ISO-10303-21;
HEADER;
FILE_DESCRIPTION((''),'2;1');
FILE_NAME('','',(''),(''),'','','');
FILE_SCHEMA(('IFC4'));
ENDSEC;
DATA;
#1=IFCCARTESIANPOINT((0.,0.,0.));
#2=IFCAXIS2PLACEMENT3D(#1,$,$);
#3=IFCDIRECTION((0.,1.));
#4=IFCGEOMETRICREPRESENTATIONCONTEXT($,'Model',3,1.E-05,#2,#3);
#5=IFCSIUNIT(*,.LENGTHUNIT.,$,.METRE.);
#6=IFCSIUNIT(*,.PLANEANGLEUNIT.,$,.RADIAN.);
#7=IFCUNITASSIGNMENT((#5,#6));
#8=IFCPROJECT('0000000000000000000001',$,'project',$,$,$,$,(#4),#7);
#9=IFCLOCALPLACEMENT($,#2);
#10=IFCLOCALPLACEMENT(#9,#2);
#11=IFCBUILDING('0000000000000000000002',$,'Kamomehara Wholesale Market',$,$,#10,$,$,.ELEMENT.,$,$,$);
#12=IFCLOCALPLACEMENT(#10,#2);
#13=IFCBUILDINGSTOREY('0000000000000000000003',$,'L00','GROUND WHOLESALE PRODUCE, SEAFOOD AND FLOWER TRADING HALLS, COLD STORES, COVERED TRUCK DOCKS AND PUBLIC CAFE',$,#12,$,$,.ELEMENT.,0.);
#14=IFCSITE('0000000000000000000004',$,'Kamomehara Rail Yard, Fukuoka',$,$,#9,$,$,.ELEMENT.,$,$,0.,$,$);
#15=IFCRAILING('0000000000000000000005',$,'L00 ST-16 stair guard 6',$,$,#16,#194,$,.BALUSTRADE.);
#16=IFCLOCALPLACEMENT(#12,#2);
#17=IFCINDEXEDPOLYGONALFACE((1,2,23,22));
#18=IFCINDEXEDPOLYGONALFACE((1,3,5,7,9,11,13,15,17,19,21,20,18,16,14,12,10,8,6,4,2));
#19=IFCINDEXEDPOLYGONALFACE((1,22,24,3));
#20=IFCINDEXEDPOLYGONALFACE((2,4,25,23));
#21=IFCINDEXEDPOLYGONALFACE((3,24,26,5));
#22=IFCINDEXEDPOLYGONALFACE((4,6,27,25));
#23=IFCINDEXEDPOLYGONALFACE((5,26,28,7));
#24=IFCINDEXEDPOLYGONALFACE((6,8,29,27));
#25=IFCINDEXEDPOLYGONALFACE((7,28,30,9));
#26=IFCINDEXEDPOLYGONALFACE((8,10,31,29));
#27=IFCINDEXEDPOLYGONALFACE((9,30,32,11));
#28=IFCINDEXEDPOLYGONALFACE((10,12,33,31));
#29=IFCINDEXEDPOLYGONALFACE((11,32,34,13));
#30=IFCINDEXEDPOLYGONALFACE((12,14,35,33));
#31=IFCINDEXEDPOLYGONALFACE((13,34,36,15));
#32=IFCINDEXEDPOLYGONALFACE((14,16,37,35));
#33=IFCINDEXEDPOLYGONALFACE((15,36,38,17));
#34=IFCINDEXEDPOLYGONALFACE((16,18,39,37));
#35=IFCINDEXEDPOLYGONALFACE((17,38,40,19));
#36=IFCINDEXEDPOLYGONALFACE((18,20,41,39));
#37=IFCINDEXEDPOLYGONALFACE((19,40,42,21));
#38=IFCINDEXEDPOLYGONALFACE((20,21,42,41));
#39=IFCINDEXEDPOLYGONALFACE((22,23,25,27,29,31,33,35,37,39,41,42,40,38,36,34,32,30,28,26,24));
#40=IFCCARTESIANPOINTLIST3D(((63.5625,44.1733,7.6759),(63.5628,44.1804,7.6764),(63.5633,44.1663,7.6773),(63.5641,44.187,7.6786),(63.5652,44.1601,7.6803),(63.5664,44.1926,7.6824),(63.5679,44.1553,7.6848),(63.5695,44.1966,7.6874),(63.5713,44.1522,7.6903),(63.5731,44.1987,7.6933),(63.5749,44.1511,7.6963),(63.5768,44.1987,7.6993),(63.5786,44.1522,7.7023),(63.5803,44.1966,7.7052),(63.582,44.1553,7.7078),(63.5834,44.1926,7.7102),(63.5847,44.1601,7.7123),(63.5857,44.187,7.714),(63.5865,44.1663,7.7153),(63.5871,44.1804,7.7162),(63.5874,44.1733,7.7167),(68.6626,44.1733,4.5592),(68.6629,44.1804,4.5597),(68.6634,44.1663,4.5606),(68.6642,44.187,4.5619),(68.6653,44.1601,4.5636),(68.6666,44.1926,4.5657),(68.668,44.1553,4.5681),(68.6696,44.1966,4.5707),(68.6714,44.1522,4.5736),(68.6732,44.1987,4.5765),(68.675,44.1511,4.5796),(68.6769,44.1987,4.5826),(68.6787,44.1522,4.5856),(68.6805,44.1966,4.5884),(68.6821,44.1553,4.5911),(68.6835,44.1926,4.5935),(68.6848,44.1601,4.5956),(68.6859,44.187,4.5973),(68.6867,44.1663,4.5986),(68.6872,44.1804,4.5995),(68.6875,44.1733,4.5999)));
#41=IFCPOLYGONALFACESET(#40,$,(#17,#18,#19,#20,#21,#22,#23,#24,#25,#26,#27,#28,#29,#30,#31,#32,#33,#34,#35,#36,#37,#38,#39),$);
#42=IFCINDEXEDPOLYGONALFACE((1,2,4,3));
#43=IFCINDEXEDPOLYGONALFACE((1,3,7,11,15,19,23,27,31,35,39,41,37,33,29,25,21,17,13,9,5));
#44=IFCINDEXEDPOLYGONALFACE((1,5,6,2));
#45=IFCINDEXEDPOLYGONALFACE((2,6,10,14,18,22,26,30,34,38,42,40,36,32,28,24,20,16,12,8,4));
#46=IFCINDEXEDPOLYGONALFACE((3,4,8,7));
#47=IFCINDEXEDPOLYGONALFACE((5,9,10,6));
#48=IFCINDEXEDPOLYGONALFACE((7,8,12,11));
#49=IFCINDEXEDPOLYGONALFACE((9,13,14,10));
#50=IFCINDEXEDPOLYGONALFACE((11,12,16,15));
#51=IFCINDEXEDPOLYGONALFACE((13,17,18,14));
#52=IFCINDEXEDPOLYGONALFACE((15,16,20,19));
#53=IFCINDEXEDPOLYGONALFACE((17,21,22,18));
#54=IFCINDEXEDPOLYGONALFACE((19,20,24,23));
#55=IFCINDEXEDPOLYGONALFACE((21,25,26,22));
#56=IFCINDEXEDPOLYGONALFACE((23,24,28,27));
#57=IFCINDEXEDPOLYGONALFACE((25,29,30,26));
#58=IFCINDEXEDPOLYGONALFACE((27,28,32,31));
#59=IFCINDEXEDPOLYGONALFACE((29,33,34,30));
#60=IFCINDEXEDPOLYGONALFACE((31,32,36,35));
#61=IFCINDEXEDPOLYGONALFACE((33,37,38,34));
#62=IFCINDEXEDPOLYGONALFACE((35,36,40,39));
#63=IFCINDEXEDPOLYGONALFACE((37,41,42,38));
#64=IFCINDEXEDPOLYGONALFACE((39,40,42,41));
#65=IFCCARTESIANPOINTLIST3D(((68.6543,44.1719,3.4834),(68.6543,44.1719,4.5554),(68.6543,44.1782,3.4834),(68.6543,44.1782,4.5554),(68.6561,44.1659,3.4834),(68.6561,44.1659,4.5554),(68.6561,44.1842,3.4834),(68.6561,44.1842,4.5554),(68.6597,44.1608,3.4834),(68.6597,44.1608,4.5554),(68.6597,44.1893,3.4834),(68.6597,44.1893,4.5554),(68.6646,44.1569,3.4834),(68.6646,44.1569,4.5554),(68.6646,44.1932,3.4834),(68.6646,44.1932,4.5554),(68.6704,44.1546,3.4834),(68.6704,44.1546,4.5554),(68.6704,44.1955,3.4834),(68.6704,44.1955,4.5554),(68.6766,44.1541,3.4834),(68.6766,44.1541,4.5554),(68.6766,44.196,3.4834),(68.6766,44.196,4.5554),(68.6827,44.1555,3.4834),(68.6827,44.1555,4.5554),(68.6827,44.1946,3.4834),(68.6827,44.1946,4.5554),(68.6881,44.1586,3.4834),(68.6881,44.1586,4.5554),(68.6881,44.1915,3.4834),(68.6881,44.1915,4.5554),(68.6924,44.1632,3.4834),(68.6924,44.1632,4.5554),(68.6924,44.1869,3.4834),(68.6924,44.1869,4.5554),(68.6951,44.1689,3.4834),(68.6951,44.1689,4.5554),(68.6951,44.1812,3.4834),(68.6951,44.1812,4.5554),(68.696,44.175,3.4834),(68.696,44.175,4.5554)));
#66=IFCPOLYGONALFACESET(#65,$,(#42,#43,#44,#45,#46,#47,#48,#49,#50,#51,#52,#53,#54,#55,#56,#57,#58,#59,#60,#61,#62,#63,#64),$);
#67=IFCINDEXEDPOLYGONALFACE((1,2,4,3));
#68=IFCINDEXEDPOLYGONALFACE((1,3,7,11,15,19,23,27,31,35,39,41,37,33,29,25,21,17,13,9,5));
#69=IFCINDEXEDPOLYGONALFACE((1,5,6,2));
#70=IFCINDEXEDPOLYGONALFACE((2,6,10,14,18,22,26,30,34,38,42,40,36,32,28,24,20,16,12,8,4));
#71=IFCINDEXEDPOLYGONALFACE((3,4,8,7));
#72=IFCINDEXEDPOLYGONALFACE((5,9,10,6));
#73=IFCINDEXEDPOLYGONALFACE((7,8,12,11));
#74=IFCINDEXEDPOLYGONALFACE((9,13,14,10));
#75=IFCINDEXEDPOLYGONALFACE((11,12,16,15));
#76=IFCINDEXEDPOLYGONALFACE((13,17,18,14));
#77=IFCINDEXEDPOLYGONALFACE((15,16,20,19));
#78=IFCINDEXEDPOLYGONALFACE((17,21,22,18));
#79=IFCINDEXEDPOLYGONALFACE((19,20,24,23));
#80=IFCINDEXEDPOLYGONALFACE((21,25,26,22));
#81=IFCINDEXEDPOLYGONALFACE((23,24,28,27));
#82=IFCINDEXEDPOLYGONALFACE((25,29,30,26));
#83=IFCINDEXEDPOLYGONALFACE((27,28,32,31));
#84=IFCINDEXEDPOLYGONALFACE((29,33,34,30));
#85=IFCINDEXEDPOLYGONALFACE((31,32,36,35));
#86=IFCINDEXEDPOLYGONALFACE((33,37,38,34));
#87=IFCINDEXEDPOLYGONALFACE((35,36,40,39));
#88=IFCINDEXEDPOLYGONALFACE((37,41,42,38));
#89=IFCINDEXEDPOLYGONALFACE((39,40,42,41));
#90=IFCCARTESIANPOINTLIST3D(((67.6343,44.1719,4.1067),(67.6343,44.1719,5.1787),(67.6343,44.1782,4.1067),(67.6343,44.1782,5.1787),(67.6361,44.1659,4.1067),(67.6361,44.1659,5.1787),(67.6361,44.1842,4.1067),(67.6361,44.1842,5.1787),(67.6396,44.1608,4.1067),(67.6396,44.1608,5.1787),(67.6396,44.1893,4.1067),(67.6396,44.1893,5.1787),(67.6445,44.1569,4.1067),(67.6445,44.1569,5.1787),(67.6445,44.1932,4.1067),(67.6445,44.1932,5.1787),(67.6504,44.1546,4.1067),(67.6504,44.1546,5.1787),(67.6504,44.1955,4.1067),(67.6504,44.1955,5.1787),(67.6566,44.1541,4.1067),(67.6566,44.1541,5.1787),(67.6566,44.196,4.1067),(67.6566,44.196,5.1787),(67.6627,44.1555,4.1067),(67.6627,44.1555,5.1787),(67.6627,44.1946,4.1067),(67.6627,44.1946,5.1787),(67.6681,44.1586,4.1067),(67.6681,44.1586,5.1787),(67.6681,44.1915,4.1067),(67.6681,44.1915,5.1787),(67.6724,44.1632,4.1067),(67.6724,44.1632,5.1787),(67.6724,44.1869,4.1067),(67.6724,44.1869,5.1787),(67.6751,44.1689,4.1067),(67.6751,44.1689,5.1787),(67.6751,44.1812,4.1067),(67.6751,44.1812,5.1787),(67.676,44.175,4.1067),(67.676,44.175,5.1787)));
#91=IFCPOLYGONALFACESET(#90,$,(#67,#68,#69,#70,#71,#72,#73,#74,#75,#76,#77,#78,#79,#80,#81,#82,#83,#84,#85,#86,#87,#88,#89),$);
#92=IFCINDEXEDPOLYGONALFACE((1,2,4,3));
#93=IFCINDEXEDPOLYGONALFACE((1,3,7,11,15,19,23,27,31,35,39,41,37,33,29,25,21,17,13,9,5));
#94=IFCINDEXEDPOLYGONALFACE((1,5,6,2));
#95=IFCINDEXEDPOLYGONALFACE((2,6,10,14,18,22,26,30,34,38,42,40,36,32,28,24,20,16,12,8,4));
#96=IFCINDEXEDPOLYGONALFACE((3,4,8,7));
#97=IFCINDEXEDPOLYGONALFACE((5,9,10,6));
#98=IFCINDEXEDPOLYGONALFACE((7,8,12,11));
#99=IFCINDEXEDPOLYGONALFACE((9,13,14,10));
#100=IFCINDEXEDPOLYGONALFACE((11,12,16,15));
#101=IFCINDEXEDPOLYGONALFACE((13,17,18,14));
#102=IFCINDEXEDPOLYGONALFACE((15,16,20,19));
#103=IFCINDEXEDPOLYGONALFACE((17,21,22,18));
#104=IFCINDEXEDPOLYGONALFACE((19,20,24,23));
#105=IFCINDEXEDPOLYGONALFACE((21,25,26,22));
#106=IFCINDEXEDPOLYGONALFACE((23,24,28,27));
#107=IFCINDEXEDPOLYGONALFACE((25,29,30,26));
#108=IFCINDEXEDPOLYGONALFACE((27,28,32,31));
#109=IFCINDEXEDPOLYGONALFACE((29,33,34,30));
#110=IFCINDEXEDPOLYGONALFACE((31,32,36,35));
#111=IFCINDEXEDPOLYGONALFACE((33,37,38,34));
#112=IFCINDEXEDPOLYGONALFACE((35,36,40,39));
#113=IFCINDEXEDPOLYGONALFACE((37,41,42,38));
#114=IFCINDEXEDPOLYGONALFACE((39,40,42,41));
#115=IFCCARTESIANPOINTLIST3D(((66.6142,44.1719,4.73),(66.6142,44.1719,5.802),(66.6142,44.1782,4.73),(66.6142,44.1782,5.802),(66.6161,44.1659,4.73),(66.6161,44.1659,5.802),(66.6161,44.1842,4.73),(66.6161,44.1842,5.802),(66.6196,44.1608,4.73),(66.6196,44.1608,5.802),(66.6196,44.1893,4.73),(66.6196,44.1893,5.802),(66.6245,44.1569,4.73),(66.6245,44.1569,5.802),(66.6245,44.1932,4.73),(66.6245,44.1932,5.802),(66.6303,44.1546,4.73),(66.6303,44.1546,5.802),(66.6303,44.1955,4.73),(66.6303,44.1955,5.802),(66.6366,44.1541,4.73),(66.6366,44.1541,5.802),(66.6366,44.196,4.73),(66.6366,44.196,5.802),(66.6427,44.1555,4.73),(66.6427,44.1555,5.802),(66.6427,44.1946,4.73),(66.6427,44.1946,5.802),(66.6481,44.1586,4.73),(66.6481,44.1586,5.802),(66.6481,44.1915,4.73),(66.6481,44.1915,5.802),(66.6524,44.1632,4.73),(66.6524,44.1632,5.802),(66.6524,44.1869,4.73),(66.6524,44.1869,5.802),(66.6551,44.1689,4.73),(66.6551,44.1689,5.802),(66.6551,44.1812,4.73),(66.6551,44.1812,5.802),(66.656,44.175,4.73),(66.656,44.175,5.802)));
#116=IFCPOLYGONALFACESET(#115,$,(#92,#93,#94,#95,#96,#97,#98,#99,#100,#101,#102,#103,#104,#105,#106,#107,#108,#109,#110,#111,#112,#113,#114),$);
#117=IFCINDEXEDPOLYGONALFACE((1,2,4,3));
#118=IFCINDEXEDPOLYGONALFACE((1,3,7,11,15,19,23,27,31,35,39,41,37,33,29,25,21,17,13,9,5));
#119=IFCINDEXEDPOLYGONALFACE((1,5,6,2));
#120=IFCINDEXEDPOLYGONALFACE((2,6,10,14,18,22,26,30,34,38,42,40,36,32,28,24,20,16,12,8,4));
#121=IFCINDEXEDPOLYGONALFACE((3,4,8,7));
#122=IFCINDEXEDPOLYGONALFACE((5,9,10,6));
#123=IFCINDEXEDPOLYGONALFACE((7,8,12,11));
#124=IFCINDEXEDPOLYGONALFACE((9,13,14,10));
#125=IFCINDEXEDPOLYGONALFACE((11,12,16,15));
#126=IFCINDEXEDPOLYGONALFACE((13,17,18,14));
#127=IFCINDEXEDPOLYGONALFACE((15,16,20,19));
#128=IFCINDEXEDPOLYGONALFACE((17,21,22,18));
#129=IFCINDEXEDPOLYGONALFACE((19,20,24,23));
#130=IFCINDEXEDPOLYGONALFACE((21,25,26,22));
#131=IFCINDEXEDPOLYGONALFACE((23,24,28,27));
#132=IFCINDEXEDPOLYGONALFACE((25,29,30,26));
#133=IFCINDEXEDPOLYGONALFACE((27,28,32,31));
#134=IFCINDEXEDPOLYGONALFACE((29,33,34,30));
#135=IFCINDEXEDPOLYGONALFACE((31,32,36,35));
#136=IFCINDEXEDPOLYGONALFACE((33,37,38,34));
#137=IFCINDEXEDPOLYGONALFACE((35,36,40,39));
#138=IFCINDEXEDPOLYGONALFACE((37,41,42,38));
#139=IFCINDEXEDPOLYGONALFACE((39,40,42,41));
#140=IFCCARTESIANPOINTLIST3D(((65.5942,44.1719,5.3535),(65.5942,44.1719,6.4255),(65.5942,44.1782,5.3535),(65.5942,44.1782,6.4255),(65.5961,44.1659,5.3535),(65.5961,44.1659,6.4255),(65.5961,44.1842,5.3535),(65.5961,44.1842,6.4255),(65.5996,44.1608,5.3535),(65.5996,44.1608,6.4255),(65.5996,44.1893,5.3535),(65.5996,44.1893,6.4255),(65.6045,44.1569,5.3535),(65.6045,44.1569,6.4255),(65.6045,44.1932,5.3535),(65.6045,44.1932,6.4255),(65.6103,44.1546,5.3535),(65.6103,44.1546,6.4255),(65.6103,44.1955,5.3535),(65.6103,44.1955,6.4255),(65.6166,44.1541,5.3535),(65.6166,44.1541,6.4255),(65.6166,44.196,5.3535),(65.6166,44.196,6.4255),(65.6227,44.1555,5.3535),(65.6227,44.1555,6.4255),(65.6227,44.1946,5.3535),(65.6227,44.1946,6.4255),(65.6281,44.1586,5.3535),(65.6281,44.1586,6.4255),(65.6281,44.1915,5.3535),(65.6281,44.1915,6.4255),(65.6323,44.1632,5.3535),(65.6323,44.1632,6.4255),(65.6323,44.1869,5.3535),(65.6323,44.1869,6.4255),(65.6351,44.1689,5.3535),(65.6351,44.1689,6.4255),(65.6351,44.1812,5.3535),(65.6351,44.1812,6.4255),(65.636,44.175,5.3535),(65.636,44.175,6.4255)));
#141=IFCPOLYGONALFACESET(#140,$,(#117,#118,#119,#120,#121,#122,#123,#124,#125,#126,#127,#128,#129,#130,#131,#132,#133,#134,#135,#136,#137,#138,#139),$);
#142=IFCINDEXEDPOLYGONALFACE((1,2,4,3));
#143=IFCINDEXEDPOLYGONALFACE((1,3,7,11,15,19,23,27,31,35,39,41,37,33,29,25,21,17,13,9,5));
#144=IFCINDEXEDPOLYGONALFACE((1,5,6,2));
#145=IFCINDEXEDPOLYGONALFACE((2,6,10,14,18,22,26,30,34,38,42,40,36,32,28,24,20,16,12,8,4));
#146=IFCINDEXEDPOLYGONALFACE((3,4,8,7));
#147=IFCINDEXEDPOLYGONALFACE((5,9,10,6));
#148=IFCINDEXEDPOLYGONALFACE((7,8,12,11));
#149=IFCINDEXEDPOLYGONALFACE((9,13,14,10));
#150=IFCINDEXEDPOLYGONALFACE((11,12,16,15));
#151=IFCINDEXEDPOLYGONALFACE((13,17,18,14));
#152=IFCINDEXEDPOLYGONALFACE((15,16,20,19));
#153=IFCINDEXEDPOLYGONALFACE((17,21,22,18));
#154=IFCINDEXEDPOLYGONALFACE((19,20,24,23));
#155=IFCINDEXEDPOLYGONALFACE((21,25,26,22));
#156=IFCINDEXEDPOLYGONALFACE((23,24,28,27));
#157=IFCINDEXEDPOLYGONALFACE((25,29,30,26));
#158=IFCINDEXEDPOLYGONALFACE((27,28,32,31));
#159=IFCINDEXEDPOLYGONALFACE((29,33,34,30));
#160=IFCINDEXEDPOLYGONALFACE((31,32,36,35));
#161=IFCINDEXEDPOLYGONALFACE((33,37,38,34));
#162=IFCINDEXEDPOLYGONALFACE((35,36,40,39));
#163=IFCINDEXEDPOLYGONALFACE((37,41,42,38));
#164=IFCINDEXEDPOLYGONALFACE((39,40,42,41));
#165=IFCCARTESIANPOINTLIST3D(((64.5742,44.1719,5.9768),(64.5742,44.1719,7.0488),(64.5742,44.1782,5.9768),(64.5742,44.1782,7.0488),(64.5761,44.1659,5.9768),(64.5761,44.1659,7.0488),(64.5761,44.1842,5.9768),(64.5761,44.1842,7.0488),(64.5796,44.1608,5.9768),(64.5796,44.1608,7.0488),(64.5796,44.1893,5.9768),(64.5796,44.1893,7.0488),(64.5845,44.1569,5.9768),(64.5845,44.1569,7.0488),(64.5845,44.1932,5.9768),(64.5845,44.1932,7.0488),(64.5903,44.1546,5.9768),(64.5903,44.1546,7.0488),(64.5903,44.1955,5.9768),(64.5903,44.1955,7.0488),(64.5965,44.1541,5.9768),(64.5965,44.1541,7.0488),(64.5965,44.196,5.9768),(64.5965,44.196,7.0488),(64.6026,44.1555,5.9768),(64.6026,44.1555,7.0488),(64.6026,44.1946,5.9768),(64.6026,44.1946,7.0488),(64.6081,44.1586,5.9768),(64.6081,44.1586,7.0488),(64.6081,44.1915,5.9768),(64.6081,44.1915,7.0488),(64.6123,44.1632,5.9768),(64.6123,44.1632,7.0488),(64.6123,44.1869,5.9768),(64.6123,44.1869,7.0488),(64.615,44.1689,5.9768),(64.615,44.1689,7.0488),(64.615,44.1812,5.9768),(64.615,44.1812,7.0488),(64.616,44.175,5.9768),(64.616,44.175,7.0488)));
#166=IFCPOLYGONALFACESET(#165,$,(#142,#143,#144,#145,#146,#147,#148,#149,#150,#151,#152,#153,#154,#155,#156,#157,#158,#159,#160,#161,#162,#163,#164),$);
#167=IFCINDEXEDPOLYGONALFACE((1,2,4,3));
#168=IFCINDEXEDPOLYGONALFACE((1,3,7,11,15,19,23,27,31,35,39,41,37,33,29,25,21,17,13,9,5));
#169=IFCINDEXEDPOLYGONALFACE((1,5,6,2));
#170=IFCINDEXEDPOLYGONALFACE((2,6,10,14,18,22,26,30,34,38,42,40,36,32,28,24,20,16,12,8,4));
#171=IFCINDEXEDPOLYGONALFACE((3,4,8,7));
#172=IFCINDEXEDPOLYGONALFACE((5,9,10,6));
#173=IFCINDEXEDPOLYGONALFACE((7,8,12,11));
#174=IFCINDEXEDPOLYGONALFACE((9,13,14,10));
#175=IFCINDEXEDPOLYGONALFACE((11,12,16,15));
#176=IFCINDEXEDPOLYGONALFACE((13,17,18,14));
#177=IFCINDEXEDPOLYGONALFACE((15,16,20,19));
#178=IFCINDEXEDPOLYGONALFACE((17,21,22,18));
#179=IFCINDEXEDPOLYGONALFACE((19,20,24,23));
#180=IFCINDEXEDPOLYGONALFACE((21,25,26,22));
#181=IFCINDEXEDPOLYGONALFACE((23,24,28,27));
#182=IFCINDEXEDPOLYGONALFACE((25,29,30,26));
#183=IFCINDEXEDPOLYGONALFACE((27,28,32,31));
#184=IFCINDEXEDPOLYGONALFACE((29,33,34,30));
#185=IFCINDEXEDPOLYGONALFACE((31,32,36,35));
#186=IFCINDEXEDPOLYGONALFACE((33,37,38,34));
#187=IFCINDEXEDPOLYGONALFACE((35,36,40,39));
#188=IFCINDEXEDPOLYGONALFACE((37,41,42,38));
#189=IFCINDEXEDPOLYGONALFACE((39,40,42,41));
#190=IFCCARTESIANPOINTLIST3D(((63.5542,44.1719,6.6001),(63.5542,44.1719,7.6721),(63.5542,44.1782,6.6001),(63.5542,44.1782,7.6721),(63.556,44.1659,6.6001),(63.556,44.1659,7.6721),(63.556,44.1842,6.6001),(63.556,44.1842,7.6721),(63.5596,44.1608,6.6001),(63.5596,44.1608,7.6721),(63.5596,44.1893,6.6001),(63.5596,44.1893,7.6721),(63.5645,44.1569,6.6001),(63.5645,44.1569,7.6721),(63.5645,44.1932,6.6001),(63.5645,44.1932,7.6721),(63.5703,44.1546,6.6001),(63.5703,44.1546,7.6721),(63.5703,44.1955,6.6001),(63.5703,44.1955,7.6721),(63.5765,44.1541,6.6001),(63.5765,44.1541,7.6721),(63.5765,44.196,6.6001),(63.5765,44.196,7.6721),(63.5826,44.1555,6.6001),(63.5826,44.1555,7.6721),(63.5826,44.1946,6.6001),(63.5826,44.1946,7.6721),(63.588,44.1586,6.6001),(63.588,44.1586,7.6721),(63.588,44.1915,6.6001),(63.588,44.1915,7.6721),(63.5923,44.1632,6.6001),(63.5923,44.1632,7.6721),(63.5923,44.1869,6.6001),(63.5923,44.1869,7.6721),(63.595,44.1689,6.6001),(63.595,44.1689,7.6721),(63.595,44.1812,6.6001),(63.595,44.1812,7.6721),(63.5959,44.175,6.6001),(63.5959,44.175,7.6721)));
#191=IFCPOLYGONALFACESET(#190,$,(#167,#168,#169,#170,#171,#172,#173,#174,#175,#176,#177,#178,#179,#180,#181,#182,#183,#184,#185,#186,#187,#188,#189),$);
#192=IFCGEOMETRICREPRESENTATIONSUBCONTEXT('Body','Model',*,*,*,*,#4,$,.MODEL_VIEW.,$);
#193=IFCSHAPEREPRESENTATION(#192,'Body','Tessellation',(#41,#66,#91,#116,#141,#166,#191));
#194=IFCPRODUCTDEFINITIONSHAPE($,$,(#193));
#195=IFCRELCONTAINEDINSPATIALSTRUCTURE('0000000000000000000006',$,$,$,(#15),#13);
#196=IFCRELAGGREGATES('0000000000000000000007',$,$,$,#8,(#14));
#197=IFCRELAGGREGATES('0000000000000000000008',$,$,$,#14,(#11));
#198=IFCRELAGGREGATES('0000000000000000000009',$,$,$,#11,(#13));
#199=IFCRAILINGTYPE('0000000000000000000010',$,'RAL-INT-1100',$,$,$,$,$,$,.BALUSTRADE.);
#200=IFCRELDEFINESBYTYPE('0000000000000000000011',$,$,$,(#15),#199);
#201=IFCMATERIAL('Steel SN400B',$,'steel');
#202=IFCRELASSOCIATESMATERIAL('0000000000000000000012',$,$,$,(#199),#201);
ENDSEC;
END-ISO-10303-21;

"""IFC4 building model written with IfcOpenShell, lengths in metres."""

from ifc_helpers import new_model, si_unit, direction, frame, origin, origin_2d, place, context, subcontext, project, spatial, circle, extrude, material, type_object, element, save


model = new_model("IFC4")

# Units and contexts
model_context = context("Model", 3, precision=1e-05, world=origin(), true_north=direction((0.0, 1.0)))
body_context = subcontext(model_context, "Body", "Model", "MODEL_VIEW")
ifc_project = project(units=[si_unit("LENGTHUNIT", "METRE"), si_unit("PLANEANGLEUNIT", "RADIAN")], contexts=[model_context])

# Site, building, storey
site_placement = place(None, origin())
site = spatial("IfcSite", under=ifc_project, at=site_placement, Name="Kamomehara Rail Yard, Fukuoka", CompositionType="ELEMENT", RefElevation=0.0)
building_placement = place(site_placement, origin())
building = spatial("IfcBuilding", under=site, at=building_placement, Name="Kamomehara Wholesale Market", CompositionType="ELEMENT")
storey_placement = place(building_placement, origin())
storey = spatial("IfcBuildingStorey", under=building, at=storey_placement, Name="L00", Description="GROUND WHOLESALE PRODUCE, SEAFOOD AND FLOWER TRADING HALLS, COLD STORES, COVERED TRUCK DOCKS AND PUBLIC CAFE", CompositionType="ELEMENT", Elevation=0.0)

# Railing
ifc_material_1 = material(Name="Steel SN400B", Category="steel")
railing_type_1 = type_object("IfcRailingType", Name="RAL-INT-1100", PredefinedType="BALUSTRADE", material=ifc_material_1)
railing_1_placement = place(storey_placement, frame((68.675, 44.175, 3.4834)))
element("IfcRailing", 1, at=railing_1_placement, inside=storey, type_object=railing_type_1, Name="L00 ST-16 stair guard 6", PredefinedType="BALUSTRADE", context=body_context, shape_type="SweptSolid", body=[
    extrude(circle(Radius=0.0239, at=origin_2d()), frame((0.0, 0.0, 1.0962), z_axis=(-0.853284, 0.0, 0.521447), x_axis=(0.0, -1.0, 0.0)), (0.0, 0.0, 1.0), 5.9771),
    extrude(circle(Radius=0.021, at=origin_2d()), origin(), (0.0, 0.0, 1.0), 1.072),
    extrude(circle(Radius=0.021, at=origin_2d()), frame((-1.02, 0.0, 0.6233)), (0.0, 0.0, 1.0), 1.072),
    extrude(circle(Radius=0.021, at=origin_2d()), frame((-2.04, 0.0, 1.2466)), (0.0, 0.0, 1.0), 1.072),
    extrude(circle(Radius=0.021, at=origin_2d()), frame((-3.0601, 0.0, 1.8701)), (0.0, 0.0, 1.0), 1.072),
    extrude(circle(Radius=0.021, at=origin_2d()), frame((-4.0801, 0.0, 2.4934)), (0.0, 0.0, 1.0), 1.072),
    extrude(circle(Radius=0.021, at=origin_2d()), frame((-5.1001, 0.0, 3.1167)), (0.0, 0.0, 1.0), 1.072),
])

save(model, "model.ifc")
